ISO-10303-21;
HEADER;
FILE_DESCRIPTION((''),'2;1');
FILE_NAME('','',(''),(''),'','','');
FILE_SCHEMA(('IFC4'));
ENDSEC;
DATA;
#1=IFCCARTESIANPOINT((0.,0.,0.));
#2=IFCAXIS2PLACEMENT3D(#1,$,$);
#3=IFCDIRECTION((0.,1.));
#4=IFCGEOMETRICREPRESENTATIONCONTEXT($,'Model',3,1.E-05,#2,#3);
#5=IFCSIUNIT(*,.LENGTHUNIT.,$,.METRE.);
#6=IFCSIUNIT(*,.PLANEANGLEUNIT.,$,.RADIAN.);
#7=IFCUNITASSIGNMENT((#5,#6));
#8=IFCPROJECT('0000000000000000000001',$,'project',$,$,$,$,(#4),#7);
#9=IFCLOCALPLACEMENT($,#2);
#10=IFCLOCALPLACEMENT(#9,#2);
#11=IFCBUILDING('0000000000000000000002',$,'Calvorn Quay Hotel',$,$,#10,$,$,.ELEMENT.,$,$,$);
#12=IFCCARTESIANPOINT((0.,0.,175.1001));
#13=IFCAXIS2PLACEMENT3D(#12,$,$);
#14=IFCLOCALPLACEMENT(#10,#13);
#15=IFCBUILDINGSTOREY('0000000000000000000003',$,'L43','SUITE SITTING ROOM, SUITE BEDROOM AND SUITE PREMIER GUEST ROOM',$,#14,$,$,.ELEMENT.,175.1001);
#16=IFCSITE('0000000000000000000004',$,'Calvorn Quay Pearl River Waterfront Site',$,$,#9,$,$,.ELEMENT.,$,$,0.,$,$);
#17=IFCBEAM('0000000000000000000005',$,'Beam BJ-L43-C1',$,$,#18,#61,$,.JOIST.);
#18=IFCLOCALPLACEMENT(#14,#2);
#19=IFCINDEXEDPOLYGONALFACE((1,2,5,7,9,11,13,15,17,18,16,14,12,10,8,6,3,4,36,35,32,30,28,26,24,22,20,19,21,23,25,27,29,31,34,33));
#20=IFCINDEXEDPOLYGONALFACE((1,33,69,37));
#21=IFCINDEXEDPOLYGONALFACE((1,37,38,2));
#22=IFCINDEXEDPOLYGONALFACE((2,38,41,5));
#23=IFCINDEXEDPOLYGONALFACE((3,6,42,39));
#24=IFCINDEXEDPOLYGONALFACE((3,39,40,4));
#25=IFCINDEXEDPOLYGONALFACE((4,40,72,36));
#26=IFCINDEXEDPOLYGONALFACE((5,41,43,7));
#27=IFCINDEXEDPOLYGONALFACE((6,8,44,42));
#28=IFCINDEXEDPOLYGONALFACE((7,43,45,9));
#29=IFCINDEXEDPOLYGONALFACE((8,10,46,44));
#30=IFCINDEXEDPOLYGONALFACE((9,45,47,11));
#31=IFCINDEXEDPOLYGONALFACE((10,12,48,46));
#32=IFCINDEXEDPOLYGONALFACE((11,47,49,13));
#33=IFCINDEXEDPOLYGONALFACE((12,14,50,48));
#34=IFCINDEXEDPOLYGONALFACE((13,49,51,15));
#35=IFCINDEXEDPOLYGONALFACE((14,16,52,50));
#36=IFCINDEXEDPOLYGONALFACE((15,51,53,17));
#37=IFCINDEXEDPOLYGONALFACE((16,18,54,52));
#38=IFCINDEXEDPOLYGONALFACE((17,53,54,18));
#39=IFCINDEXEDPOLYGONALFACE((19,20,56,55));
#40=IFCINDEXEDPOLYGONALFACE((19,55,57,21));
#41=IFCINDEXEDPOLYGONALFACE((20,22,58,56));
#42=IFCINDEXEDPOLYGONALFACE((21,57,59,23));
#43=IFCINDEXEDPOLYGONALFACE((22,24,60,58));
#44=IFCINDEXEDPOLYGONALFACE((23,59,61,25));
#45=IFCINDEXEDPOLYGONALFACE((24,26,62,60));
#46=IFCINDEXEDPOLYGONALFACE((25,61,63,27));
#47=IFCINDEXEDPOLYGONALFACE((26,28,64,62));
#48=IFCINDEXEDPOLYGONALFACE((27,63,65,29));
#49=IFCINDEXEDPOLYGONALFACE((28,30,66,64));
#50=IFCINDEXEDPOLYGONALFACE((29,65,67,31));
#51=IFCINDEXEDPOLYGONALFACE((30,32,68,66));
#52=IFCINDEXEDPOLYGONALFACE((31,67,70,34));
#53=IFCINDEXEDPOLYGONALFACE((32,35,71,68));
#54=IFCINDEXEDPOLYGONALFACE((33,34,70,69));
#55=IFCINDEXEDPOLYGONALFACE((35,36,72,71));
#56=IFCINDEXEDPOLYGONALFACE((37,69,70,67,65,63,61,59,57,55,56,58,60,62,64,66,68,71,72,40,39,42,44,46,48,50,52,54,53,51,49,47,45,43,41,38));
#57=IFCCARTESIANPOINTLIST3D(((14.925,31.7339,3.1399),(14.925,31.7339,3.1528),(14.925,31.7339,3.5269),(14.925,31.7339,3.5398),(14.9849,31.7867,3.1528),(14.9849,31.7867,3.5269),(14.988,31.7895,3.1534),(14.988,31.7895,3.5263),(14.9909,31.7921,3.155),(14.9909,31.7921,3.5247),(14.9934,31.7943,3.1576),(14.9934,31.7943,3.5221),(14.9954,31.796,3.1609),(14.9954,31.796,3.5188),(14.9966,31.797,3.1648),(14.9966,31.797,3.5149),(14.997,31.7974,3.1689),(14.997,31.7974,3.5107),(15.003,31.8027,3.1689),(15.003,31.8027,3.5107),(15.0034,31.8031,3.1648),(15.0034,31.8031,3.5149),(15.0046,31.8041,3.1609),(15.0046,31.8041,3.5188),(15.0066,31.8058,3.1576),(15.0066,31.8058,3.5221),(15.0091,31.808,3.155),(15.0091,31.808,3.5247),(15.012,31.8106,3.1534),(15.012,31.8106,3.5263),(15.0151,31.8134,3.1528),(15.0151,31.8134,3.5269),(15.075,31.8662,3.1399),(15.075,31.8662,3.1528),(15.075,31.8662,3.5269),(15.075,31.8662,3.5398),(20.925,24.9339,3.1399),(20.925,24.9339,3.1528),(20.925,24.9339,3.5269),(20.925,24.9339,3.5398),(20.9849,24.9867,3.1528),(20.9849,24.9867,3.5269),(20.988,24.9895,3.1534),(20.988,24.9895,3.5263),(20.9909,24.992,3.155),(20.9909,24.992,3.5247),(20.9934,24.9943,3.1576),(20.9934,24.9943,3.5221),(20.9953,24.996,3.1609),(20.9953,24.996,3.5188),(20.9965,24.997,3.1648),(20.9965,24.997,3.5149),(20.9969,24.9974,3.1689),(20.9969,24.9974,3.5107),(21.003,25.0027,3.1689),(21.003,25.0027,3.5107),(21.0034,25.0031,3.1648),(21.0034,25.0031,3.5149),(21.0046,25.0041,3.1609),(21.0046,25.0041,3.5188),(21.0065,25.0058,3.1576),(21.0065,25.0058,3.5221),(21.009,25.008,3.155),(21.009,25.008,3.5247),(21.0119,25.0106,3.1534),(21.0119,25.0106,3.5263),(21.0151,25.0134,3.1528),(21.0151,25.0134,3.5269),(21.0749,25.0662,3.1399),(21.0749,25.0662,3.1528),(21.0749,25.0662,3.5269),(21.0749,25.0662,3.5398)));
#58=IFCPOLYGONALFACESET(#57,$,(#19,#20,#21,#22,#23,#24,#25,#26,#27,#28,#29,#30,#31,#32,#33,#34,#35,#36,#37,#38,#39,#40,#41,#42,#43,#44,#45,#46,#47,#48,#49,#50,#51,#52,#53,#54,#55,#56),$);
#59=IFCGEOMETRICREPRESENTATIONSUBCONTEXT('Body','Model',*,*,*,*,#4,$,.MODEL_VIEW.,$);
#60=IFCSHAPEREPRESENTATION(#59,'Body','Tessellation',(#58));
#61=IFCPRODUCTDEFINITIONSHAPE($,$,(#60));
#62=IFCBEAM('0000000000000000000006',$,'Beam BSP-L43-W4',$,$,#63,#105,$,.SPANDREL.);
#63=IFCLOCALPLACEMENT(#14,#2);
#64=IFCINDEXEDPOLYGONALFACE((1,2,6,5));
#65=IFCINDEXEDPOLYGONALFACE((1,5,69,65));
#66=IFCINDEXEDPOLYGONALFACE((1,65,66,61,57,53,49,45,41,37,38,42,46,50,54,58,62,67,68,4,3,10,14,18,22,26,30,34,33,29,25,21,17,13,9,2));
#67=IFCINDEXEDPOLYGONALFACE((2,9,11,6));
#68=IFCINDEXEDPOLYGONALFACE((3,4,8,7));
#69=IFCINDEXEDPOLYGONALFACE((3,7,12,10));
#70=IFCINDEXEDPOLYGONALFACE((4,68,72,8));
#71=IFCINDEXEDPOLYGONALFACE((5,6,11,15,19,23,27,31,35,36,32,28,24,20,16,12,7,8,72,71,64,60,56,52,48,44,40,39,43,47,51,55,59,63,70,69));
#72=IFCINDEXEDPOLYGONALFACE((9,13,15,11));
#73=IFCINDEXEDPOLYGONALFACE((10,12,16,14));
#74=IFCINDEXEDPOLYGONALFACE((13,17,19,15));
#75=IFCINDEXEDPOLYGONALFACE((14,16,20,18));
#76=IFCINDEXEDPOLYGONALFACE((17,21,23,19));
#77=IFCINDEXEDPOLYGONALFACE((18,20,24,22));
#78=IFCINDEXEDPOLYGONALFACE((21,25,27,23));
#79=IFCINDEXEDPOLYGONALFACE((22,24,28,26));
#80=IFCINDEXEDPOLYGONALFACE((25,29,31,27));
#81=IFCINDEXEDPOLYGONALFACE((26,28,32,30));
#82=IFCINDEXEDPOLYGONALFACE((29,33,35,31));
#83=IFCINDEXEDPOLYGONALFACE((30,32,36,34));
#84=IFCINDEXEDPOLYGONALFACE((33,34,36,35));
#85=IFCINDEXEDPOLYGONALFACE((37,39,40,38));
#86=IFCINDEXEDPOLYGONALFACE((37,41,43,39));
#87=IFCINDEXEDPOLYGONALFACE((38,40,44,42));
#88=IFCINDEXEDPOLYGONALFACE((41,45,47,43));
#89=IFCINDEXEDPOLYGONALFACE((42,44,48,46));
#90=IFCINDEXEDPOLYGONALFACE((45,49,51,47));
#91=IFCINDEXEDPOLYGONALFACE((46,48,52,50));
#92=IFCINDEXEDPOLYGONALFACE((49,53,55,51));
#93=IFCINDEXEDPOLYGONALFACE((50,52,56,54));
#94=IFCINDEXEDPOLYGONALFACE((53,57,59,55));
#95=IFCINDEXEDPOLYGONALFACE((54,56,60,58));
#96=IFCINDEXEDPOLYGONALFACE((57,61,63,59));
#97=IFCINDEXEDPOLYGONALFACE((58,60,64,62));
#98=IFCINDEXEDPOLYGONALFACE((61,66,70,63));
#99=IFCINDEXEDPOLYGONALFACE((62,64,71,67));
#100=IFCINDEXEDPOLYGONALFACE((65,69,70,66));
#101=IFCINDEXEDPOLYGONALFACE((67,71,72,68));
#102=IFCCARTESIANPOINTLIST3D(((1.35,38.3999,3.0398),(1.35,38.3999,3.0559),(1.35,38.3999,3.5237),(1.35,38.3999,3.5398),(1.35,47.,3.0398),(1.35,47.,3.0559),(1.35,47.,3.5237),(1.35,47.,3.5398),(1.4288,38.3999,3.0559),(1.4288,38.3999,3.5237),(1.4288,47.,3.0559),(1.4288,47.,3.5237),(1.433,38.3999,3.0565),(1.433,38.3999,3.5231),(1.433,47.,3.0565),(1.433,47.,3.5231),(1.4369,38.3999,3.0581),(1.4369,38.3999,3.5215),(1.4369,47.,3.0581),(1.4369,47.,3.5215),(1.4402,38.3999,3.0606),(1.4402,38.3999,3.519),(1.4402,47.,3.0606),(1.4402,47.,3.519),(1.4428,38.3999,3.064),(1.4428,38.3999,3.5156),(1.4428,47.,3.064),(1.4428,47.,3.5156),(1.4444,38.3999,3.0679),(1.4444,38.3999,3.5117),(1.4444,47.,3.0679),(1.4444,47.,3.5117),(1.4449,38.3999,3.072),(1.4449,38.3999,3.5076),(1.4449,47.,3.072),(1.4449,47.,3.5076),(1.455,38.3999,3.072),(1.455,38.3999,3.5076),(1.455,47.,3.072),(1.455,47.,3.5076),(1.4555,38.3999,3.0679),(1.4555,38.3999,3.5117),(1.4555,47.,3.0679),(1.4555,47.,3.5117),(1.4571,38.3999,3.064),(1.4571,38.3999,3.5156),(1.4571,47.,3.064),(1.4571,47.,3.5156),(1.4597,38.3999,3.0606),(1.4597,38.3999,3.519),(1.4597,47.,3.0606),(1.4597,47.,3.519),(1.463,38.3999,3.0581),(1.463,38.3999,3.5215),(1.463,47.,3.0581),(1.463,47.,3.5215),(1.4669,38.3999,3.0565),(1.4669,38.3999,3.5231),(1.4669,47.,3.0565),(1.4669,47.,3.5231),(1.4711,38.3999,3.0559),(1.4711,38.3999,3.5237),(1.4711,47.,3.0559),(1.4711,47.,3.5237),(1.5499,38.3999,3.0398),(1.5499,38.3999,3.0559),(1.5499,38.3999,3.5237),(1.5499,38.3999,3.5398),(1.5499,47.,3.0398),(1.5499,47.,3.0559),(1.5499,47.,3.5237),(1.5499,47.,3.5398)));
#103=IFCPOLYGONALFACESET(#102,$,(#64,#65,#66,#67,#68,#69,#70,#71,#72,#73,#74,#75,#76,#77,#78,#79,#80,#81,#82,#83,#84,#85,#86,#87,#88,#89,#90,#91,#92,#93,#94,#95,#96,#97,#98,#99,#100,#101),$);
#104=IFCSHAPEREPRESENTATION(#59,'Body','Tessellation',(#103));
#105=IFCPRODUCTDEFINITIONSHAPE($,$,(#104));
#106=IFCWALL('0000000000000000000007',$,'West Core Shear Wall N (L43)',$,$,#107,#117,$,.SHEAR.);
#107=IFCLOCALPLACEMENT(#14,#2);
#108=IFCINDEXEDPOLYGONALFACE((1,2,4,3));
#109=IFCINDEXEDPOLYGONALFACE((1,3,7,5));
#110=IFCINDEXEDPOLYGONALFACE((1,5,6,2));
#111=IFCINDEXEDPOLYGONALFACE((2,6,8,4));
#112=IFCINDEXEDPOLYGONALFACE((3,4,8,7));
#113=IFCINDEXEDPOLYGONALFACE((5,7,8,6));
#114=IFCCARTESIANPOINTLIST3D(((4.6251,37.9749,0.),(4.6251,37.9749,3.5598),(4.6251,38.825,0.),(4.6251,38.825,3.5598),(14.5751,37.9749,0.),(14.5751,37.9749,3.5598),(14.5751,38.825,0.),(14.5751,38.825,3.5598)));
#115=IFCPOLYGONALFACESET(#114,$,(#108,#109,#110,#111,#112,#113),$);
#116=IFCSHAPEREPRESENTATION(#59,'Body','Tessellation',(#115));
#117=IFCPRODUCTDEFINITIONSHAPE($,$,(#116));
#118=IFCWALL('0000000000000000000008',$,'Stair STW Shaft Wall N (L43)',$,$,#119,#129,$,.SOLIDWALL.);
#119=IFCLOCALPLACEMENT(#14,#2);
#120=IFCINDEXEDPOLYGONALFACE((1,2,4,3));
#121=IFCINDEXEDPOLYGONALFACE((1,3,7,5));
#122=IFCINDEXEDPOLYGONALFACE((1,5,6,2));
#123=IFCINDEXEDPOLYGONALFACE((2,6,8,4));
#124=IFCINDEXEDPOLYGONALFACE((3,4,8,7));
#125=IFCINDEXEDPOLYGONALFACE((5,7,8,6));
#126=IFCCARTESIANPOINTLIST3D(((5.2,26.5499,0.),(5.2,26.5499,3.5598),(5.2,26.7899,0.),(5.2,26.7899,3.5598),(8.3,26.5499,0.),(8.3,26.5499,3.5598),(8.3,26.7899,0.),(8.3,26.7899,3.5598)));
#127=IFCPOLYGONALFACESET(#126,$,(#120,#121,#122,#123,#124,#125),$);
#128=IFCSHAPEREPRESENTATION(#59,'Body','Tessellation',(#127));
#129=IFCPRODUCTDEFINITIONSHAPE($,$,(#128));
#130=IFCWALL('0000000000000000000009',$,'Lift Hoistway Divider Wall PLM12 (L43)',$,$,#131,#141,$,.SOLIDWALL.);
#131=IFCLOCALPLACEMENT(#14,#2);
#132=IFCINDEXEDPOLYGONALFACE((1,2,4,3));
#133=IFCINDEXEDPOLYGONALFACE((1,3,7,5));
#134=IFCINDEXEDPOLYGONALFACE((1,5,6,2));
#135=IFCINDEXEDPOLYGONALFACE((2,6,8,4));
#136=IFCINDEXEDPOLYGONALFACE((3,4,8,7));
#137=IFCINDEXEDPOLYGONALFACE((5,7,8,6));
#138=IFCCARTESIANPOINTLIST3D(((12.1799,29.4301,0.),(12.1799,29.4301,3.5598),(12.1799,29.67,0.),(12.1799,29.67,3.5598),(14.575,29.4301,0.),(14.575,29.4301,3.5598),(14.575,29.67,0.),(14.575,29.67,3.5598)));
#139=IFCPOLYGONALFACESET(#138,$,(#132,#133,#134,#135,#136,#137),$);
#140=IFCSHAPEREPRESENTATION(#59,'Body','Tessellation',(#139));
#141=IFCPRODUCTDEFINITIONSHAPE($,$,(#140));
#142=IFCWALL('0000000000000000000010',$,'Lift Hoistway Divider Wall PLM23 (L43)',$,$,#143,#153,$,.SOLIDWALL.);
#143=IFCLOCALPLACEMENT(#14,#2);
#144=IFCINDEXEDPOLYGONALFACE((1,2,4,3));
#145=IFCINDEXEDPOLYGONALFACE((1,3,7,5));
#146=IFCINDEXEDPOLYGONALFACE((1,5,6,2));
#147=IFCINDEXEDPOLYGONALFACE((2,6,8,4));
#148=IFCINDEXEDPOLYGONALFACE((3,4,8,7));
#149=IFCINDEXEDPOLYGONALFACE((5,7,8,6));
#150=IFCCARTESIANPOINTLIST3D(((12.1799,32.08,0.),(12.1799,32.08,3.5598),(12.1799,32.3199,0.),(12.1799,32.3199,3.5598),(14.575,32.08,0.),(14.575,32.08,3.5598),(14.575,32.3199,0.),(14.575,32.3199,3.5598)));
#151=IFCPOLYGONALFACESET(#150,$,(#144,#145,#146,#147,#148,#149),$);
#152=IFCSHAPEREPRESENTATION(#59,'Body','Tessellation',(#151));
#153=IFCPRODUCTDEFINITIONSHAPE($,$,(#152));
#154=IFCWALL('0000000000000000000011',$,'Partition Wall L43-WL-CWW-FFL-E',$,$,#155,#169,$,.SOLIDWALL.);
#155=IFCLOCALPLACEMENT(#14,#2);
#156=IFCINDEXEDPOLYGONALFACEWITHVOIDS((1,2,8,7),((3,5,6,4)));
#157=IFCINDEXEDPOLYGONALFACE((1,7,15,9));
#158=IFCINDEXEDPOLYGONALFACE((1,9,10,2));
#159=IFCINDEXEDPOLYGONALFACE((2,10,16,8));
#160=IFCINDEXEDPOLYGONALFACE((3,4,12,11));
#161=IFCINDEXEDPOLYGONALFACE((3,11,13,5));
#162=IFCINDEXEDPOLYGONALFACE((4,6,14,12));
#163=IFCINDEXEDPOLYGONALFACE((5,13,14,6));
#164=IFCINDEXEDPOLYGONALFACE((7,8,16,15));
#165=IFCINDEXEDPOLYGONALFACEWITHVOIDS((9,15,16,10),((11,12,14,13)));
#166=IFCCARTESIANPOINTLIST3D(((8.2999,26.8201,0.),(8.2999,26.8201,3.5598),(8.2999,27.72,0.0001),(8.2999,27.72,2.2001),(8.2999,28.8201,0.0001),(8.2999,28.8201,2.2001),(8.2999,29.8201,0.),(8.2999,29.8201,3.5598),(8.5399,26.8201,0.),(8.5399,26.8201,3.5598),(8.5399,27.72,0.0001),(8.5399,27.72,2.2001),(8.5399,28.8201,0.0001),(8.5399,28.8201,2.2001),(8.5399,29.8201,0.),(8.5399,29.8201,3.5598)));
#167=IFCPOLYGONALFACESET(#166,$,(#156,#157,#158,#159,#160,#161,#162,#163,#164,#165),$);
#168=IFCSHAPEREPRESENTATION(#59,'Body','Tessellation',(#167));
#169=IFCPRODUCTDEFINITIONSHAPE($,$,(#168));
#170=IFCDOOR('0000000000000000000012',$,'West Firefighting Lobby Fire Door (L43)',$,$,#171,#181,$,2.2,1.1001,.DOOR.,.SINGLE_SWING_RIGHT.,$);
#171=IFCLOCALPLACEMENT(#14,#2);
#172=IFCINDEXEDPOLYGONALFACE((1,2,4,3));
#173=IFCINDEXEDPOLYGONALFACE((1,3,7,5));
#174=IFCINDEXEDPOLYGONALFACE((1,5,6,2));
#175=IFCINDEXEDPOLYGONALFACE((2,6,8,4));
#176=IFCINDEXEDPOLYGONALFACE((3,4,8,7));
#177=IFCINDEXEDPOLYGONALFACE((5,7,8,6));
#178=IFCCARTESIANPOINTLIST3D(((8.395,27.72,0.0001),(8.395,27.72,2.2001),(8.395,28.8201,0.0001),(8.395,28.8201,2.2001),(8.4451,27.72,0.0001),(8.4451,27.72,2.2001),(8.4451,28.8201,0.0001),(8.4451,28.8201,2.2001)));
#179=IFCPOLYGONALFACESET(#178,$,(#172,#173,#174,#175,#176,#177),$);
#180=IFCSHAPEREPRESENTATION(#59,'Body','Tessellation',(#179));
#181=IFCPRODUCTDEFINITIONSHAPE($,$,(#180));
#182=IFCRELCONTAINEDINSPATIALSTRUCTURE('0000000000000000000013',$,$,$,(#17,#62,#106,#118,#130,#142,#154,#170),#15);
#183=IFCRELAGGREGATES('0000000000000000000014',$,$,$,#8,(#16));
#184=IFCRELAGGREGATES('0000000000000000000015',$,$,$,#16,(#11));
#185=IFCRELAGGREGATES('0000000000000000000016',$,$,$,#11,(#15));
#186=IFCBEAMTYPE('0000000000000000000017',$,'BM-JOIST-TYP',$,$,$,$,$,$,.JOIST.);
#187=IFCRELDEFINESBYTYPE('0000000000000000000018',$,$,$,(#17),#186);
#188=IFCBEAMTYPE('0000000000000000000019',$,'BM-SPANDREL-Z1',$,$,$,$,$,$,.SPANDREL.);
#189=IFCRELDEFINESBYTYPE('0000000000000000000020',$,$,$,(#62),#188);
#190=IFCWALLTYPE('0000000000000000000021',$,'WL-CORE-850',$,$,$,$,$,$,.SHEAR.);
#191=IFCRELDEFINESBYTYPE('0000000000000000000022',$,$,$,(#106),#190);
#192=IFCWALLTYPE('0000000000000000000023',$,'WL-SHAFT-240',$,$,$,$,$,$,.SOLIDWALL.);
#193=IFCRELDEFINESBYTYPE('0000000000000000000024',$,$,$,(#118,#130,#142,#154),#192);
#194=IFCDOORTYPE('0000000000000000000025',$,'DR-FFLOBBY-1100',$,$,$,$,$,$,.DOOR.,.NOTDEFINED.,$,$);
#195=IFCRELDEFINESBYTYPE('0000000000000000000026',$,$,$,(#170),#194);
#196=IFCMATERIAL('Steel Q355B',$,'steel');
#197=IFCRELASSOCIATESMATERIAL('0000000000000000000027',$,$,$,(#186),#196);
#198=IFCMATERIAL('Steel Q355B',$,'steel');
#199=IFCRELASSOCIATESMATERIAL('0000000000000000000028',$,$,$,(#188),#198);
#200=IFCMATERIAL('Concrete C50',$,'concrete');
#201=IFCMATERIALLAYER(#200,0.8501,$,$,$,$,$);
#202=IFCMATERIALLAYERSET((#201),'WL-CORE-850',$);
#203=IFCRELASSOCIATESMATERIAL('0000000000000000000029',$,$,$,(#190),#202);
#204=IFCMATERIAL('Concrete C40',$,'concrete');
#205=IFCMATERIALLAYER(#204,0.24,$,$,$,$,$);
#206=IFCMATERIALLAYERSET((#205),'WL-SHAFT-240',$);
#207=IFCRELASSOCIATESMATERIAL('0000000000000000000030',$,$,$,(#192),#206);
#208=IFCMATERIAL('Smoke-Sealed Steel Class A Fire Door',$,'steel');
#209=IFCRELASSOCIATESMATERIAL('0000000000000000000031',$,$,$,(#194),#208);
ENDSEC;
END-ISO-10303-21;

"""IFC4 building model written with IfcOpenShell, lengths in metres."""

from ifc_helpers import new_model, si_unit, direction, frame, frame_2d, origin, origin_2d, place, context, subcontext, project, spatial, rectangle, i_section, extrude, material, layer, layer_set, material_profile, profile_set, type_object, element, fill, save


model = new_model("IFC4")

# Units and contexts
model_context = context("Model", 3, precision=1e-05, world=origin(), true_north=direction((0.0, 1.0)))
body_context = subcontext(model_context, "Body", "Model", "MODEL_VIEW")
ifc_project = project(units=[si_unit("LENGTHUNIT", "METRE"), si_unit("PLANEANGLEUNIT", "RADIAN")], contexts=[model_context])

# Site, building, storey
site_placement = place(None, origin())
site = spatial("IfcSite", under=ifc_project, at=site_placement, Name="Calvorn Quay Pearl River Waterfront Site", CompositionType="ELEMENT", RefElevation=0.0)
building_placement = place(site_placement, origin())
building = spatial("IfcBuilding", under=site, at=building_placement, Name="Calvorn Quay Hotel", CompositionType="ELEMENT")
storey_placement = place(building_placement, frame((0.0, 0.0, 175.1001)))
storey = spatial("IfcBuildingStorey", under=building, at=storey_placement, Name="L43", Description="SUITE SITTING ROOM, SUITE BEDROOM AND SUITE PREMIER GUEST ROOM", CompositionType="ELEMENT", Elevation=175.1001)

# Beams
ifc_material_1 = material(Name="Steel Q355B", Category="steel")
ifc_material_profile_1 = material_profile(ifc_material_1, i_section(OverallWidth=0.2, OverallDepth=0.3999, WebThickness=0.0081, FlangeThickness=0.0129, FilletRadius=0.0161, at=origin_2d()), Name="HN400x200x8x13")
ifc_profile_set_1 = profile_set([ifc_material_profile_1], Name="Steel Q355B")
beam_type_1 = type_object("IfcBeamType", Name="BM-JOIST-TYP", PredefinedType="JOIST", material=ifc_profile_set_1)
beam_1_placement = place(storey_placement, frame((15.0, 31.8, 3.3398), z_axis=(0.661619, -0.74984, 0.0), x_axis=(0.74984, 0.661619, 0.0)))
element("IfcBeam", 1, at=beam_1_placement, inside=storey, type_object=beam_type_1, Name="Beam BJ-L43-C1", PredefinedType="JOIST", context=body_context, shape_type="SweptSolid", body=[
    extrude(i_section(OverallWidth=0.2, OverallDepth=0.3999, WebThickness=0.0081, FlangeThickness=0.0129, FilletRadius=0.0161, at=origin_2d()), origin(), (0.0, 0.0, 1.0), 9.0686),
])
ifc_material_2 = material(Name="Steel Q355B", Category="steel")
ifc_material_profile_2 = material_profile(ifc_material_2, i_section(OverallWidth=0.2, OverallDepth=0.5, WebThickness=0.01, FlangeThickness=0.0161, FilletRadius=0.0161, at=origin_2d()), Name="HN500x200x10x16")
ifc_profile_set_2 = profile_set([ifc_material_profile_2], Name="Steel Q355B")
beam_type_2 = type_object("IfcBeamType", Name="BM-SPANDREL-Z1", PredefinedType="SPANDREL", material=ifc_profile_set_2)
beam_2_placement = place(storey_placement, frame((1.45, 38.3999, 3.2898), z_axis=(0.0, 1.0, 0.0), x_axis=(-1.0, 0.0, 0.0)))
element("IfcBeam", 2, at=beam_2_placement, inside=storey, type_object=beam_type_2, Name="Beam BSP-L43-W4", PredefinedType="SPANDREL", context=body_context, shape_type="SweptSolid", body=[
    extrude(i_section(OverallWidth=0.2, OverallDepth=0.5, WebThickness=0.01, FlangeThickness=0.0161, FilletRadius=0.0161, at=origin_2d()), origin(), (0.0, 0.0, 1.0), 8.6001),
])

# Wall
ifc_material_3 = material(Name="Concrete C50", Category="concrete")
ifc_layer_1 = layer(ifc_material_3, 0.8501)
ifc_layer_set_1 = layer_set([ifc_layer_1], Name="WL-CORE-850")
wall_type_1 = type_object("IfcWallType", Name="WL-CORE-850", PredefinedType="SHEAR", material=ifc_layer_set_1)
wall_1_placement = place(storey_placement, frame((4.625, 38.3999, 0.0), z_axis=(0.0, 0.0, 1.0), x_axis=(1.0, 0.0, 0.0)))
element("IfcWall", 3, at=wall_1_placement, inside=storey, type_object=wall_type_1, Name="West Core Shear Wall N (L43)", PredefinedType="SHEAR", context=body_context, shape_type="SweptSolid", body=[
    extrude(rectangle(XDim=9.95, YDim=0.8501, at=frame_2d((4.9751, 0.0))), origin(), (0.0, 0.0, 1.0), 3.5598),
])

# Walls
ifc_material_4 = material(Name="Concrete C40", Category="concrete")
ifc_layer_2 = layer(ifc_material_4, 0.24)
ifc_layer_set_2 = layer_set([ifc_layer_2], Name="WL-SHAFT-240")
wall_type_2 = type_object("IfcWallType", Name="WL-SHAFT-240", PredefinedType="SOLIDWALL", material=ifc_layer_set_2)
wall_2_placement = place(storey_placement, frame((5.2, 26.6699, 0.0), z_axis=(0.0, 0.0, 1.0), x_axis=(1.0, 0.0, 0.0)))
element("IfcWall", 4, at=wall_2_placement, inside=storey, type_object=wall_type_2, Name="Stair STW Shaft Wall N (L43)", PredefinedType="SOLIDWALL", context=body_context, shape_type="SweptSolid", body=[
    extrude(rectangle(XDim=3.1001, YDim=0.24, at=frame_2d((1.55, 0.0))), origin(), (0.0, 0.0, 1.0), 3.5598),
])
for number, where, z_axis, x_axis, name in (
    (5, (12.1799, 29.55, 0.0), (0.0, 0.0, 1.0), (1.0, 0.0, 0.0), "Lift Hoistway Divider Wall PLM12 (L43)"),
    (6, (12.1799, 32.2, 0.0), (0.0, 0.0, 1.0), (1.0, 0.0, 0.0), "Lift Hoistway Divider Wall PLM23 (L43)"),
):
    element("IfcWall", number, at=place(storey_placement, frame(where, z_axis=z_axis, x_axis=x_axis)), inside=storey, type_object=wall_type_2, Name=name, PredefinedType="SOLIDWALL", context=body_context, shape_type="SweptSolid", body=[
        extrude(rectangle(XDim=2.395, YDim=0.24, at=frame_2d((1.1975, 0.0))), origin(), (0.0, 0.0, 1.0), 3.5598),
    ])

# Wall, opening, door
wall_3_placement = place(storey_placement, frame((8.4199, 26.8201, 0.0), z_axis=(0.0, 0.0, 1.0), x_axis=(0.0, 1.0, 0.0)))
wall_3 = element("IfcWall", 7, at=wall_3_placement, inside=storey, type_object=wall_type_2, Name="Partition Wall L43-WL-CWW-FFL-E", PredefinedType="SOLIDWALL", context=body_context, shape_type="SweptSolid", body=[
    extrude(rectangle(XDim=3.0, YDim=0.24, at=frame_2d((1.5, 0.0))), origin(), (0.0, 0.0, 1.0), 3.5598),
])
opening_1_placement = place(wall_3_placement, frame((0.8999, 0.0, 0.0)))
opening_1 = element("IfcOpeningElement", 8, at=opening_1_placement, cuts=wall_3, PredefinedType="OPENING", context=body_context, shape_type="SweptSolid", body=[
    extrude(rectangle(XDim=1.1001, YDim=2.2, at=frame_2d((0.55, 1.1001))), frame((0.0, 0.1299, 0.0), z_axis=(0.0, -1.0, 0.0), x_axis=(1.0, 0.0, 0.0)), (0.0, 0.0, 1.0), 0.26),
])
ifc_material_5 = material(Name="Smoke-Sealed Steel Class A Fire Door", Category="steel")
door_type_1 = type_object("IfcDoorType", Name="DR-FFLOBBY-1100", OperationType="NOTDEFINED", PredefinedType="DOOR", material=ifc_material_5)
door_1_placement = place(opening_1_placement, origin())
door_1 = element("IfcDoor", 9, at=door_1_placement, inside=storey, type_object=door_type_1, Name="West Firefighting Lobby Fire Door (L43)", OperationType="SINGLE_SWING_RIGHT", OverallHeight=2.2, OverallWidth=1.1001, PredefinedType="DOOR", context=body_context, shape_type="SweptSolid", body=[
    extrude(rectangle(XDim=1.1001, YDim=2.2, at=frame_2d((0.55, 1.1001))), frame((0.0, 0.0249, 0.0), z_axis=(0.0, -1.0, 0.0), x_axis=(1.0, 0.0, 0.0)), (0.0, 0.0, 1.0), 0.05),
])
fill(opening_1, door_1)

save(model, "model.ifc")
